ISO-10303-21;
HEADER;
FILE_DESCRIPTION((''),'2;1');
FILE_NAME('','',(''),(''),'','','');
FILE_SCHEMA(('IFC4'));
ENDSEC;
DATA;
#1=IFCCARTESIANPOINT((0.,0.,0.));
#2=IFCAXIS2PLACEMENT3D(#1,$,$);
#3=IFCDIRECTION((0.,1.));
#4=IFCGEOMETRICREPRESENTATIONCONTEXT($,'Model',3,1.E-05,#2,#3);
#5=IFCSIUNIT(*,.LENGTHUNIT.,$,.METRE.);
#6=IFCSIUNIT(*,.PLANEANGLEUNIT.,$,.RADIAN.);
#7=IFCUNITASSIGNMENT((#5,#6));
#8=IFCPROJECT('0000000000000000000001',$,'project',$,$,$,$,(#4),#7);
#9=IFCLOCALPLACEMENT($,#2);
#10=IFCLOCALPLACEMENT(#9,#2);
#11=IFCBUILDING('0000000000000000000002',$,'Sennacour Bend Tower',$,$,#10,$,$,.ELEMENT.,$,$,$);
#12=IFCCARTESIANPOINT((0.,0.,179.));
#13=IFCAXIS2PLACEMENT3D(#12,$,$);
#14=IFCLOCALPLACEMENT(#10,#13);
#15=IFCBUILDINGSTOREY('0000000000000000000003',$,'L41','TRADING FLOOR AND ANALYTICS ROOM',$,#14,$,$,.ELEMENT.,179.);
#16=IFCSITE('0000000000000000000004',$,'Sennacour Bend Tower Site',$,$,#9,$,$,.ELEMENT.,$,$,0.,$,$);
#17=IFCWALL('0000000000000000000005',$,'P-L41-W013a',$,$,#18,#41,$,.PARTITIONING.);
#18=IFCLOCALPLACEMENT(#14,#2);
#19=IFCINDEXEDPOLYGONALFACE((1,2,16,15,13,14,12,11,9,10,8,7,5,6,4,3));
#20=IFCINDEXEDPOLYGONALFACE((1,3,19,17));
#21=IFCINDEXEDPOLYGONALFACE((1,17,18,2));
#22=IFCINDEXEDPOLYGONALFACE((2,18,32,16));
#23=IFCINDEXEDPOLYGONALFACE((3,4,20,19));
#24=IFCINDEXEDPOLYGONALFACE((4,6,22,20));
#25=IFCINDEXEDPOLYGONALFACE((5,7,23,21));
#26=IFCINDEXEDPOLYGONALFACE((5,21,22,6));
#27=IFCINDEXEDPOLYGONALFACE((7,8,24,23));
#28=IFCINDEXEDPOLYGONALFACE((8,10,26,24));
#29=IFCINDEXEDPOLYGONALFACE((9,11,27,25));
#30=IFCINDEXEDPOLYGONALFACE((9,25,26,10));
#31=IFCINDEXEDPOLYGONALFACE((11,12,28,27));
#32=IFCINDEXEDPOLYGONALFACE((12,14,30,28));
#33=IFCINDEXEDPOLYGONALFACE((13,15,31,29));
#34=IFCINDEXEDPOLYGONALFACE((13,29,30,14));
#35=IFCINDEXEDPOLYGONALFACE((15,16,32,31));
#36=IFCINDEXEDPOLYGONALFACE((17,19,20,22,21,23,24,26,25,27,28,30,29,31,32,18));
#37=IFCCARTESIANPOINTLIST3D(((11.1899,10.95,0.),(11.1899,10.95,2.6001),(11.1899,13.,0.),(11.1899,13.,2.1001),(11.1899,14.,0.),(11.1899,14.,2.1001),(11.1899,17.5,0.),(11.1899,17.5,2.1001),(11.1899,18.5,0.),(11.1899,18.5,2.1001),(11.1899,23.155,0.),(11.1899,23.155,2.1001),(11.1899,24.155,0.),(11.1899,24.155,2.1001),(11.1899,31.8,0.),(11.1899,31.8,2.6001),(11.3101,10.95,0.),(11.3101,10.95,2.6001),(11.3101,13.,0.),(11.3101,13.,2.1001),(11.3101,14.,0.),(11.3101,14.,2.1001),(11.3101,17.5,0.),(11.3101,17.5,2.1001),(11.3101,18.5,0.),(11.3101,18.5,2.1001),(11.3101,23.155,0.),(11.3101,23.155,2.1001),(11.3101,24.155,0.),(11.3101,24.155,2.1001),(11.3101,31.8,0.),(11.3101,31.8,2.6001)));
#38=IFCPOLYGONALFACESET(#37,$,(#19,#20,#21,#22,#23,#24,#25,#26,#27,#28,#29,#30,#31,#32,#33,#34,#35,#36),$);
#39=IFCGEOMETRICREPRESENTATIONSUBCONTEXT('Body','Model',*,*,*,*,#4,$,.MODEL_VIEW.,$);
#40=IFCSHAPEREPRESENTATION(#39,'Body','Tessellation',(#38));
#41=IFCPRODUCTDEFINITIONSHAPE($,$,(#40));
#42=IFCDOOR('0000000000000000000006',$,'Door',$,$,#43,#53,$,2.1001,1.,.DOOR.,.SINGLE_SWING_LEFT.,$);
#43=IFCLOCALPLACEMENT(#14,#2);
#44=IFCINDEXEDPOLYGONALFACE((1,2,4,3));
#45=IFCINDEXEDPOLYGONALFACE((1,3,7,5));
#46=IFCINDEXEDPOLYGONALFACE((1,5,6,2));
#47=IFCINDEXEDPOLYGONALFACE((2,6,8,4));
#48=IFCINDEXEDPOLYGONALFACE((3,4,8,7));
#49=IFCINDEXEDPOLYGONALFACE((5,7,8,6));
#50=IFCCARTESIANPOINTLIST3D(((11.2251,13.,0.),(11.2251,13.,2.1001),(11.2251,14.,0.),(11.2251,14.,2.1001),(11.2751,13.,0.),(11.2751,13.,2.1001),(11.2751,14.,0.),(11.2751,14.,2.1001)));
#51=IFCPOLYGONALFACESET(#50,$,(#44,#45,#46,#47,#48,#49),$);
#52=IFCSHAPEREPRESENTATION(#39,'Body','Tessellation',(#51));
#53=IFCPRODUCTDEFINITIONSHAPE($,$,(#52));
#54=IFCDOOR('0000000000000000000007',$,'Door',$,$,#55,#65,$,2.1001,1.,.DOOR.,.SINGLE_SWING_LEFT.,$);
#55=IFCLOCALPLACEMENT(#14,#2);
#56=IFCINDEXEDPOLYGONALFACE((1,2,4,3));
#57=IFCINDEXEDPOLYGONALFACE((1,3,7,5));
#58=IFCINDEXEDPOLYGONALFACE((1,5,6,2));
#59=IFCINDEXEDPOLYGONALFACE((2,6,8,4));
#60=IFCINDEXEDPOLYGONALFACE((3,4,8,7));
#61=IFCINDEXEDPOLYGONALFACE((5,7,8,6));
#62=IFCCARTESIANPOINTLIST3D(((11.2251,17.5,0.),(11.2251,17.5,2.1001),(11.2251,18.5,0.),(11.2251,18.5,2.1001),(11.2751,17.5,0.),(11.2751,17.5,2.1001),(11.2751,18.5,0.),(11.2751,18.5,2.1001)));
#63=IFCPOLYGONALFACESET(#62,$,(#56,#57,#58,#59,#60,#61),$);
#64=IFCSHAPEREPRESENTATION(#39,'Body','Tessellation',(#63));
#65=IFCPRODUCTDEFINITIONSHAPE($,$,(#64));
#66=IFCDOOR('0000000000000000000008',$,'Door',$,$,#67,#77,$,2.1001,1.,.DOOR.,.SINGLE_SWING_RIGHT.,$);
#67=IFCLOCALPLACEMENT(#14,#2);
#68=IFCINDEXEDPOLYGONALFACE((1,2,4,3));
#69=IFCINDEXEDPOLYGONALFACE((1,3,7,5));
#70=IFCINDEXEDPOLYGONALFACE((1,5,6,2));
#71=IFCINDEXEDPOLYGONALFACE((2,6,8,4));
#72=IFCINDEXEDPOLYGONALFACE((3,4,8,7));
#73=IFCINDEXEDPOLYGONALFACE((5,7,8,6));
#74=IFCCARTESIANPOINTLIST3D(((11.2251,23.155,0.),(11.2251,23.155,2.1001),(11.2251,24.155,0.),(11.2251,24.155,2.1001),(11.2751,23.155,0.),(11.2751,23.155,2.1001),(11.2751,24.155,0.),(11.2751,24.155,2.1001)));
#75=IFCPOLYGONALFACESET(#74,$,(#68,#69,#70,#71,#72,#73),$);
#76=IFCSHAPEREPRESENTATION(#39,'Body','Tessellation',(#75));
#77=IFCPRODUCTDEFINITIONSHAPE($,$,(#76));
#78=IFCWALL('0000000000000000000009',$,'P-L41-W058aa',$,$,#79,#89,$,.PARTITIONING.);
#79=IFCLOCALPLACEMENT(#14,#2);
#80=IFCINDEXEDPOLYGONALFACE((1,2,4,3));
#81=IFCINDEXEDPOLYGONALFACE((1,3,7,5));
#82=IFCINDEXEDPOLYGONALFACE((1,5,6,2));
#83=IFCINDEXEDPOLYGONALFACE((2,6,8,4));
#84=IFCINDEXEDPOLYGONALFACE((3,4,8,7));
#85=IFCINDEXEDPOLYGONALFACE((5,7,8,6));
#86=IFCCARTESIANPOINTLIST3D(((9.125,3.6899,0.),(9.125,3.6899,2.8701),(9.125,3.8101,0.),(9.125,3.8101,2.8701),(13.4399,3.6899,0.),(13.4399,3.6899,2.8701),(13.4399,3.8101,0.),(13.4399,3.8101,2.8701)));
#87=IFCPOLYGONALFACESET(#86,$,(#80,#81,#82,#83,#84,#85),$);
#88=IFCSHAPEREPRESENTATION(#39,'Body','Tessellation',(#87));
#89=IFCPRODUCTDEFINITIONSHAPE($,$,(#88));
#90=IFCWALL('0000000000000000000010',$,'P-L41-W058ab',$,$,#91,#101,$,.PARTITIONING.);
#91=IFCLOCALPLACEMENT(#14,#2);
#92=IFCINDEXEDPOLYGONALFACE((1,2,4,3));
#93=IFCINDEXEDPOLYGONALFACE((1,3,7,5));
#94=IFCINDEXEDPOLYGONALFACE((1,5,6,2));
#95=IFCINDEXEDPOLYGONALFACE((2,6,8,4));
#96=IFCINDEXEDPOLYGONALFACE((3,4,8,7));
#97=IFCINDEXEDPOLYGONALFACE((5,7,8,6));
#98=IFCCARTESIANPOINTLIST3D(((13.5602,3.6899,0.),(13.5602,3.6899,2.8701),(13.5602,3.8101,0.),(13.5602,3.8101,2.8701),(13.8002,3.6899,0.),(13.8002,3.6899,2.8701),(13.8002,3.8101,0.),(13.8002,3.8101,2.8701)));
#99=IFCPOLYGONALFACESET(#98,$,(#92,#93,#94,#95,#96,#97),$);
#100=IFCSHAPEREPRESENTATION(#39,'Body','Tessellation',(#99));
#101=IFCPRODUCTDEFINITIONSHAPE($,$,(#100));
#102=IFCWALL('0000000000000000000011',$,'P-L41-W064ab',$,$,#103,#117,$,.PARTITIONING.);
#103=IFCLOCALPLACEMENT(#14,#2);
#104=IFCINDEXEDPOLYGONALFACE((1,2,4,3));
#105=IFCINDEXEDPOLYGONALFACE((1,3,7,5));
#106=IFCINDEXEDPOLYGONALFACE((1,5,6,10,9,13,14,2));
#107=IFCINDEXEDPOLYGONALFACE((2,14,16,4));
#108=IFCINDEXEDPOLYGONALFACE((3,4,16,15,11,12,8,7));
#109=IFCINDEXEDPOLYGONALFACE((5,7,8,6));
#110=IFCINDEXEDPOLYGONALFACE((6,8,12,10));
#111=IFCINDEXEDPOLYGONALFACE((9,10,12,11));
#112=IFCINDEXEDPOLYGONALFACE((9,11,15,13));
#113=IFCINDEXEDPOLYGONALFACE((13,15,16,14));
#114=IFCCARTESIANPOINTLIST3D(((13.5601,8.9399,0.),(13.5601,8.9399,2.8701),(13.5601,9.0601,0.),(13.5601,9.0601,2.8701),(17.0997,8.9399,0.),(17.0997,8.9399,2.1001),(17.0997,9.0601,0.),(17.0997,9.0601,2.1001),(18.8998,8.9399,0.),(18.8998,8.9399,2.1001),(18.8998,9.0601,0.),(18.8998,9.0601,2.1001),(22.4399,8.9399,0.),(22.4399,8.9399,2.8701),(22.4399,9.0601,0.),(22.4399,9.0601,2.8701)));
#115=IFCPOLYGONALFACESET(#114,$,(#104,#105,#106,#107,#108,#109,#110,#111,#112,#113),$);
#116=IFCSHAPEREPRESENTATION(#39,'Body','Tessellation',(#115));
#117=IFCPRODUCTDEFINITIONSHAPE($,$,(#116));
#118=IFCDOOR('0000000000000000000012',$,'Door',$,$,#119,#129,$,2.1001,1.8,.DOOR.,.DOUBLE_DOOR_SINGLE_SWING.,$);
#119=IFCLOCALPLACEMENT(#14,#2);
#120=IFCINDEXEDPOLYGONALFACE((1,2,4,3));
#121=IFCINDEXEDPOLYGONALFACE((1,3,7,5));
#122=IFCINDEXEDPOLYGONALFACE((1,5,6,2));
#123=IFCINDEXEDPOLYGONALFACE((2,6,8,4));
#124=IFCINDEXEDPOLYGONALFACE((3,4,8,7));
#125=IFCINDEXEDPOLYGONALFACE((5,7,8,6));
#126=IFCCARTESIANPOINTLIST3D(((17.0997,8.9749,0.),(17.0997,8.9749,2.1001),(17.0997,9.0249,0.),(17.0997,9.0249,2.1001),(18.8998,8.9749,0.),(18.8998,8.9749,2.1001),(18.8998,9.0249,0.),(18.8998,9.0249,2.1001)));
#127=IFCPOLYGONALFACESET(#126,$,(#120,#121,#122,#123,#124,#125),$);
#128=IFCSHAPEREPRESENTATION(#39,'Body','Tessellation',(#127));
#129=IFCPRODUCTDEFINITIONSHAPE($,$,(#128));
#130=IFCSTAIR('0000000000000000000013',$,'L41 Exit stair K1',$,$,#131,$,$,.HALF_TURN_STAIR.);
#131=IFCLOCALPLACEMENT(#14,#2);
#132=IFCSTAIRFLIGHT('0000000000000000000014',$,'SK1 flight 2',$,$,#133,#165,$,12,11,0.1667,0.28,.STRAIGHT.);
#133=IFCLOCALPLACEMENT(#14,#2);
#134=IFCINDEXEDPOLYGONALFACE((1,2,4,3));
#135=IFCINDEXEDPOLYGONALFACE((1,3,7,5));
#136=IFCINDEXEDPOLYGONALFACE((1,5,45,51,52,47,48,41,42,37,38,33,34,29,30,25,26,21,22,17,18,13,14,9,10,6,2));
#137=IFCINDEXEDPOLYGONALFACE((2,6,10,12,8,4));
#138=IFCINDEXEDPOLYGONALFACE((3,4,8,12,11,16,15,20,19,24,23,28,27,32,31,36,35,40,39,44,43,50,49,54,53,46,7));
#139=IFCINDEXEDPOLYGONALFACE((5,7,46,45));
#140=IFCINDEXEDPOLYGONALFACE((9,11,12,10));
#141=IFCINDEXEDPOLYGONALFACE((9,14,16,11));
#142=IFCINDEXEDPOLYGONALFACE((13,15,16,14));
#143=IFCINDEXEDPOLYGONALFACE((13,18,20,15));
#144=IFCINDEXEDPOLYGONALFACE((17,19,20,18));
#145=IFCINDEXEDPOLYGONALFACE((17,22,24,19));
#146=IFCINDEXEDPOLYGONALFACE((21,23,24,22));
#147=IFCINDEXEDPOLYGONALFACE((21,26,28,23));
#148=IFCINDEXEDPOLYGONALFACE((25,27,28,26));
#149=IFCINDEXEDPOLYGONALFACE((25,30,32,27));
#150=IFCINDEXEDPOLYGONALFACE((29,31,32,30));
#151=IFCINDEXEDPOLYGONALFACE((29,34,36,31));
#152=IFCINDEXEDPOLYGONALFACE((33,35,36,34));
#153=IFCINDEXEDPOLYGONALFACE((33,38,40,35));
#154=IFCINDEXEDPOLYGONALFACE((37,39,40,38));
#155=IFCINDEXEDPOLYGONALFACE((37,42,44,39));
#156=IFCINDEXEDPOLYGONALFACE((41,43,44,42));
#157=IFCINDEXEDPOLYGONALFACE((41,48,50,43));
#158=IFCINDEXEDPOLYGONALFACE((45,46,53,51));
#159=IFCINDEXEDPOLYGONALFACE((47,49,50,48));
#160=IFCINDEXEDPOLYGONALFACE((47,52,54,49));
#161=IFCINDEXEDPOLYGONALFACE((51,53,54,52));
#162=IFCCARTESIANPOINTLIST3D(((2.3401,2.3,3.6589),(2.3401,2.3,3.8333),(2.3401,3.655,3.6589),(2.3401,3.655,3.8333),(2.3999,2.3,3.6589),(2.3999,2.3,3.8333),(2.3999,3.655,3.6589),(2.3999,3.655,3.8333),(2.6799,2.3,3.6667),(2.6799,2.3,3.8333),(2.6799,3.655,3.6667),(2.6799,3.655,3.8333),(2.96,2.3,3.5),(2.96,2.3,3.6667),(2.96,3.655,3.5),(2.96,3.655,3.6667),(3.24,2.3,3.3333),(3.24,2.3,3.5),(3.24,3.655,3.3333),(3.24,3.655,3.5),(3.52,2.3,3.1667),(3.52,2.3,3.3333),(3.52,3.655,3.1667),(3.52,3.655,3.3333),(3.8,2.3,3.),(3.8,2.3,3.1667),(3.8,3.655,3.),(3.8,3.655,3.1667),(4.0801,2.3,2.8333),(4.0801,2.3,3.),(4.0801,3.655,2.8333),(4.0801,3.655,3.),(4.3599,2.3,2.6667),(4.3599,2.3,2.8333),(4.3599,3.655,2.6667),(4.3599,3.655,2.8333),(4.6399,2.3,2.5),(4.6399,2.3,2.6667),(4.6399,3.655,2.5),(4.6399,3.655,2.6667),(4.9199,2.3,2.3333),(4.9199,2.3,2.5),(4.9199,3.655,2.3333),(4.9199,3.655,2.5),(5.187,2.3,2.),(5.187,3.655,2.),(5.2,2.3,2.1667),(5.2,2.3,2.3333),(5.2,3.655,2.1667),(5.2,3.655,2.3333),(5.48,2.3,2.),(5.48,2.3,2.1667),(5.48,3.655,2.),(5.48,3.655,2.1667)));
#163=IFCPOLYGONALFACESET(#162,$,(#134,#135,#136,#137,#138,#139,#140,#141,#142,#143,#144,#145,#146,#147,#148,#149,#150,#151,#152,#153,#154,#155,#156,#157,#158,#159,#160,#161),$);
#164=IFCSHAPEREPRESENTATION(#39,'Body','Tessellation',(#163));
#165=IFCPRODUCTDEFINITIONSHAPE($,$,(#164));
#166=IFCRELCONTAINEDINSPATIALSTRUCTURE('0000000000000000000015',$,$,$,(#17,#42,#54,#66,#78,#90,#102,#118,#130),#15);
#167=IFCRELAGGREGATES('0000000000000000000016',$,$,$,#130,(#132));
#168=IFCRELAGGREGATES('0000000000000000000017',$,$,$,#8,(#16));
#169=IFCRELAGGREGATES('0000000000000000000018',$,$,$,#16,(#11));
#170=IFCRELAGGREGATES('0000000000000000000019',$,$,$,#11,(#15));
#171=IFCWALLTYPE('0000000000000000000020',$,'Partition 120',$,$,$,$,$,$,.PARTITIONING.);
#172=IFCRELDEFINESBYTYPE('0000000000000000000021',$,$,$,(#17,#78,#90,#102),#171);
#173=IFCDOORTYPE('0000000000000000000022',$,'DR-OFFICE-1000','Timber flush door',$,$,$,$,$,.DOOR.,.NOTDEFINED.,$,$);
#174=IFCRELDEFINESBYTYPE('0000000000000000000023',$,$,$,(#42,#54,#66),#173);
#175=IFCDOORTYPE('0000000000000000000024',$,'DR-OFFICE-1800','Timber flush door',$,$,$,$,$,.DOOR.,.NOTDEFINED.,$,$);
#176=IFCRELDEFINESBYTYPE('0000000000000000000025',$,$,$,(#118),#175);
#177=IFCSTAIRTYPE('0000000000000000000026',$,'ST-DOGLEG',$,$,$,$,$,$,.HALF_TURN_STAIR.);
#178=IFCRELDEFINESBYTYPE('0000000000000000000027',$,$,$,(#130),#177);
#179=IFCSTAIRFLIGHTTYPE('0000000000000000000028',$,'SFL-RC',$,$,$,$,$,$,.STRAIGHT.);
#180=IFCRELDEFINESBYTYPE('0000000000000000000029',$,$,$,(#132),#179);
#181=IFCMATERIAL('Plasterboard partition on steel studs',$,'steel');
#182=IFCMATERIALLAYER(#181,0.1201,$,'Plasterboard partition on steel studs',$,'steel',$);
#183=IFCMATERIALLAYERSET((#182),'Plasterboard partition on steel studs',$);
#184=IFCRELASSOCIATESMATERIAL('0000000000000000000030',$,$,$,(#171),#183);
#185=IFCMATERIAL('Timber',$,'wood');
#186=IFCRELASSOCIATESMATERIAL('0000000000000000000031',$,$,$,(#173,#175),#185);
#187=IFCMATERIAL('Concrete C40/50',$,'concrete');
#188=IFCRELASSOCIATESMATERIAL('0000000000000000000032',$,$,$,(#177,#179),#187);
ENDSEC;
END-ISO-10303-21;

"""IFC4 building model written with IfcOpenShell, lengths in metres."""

from ifc_helpers import new_model, si_unit, direction, frame, frame_2d, origin, place, context, subcontext, project, spatial, polyline, rectangle, outline, extrude, material, layer, layer_set, type_object, element, fill, aggregate, save


model = new_model("IFC4")

# Units and contexts
model_context = context("Model", 3, precision=1e-05, world=origin(), true_north=direction((0.0, 1.0)))
body_context = subcontext(model_context, "Body", "Model", "MODEL_VIEW")
ifc_project = project(units=[si_unit("LENGTHUNIT", "METRE"), si_unit("PLANEANGLEUNIT", "RADIAN")], contexts=[model_context])

# Site, building, storey
site_placement = place(None, origin())
site = spatial("IfcSite", under=ifc_project, at=site_placement, Name="Sennacour Bend Tower Site", CompositionType="ELEMENT", RefElevation=0.0)
building_placement = place(site_placement, origin())
building = spatial("IfcBuilding", under=site, at=building_placement, Name="Sennacour Bend Tower", CompositionType="ELEMENT")
storey_placement = place(building_placement, frame((0.0, 0.0, 179.0)))
storey = spatial("IfcBuildingStorey", under=building, at=storey_placement, Name="L41", Description="TRADING FLOOR AND ANALYTICS ROOM", CompositionType="ELEMENT", Elevation=179.0)

# Wall, openings, doors
ifc_material_1 = material(Name="Plasterboard partition on steel studs", Category="steel")
ifc_layer = layer(ifc_material_1, 0.1201, Name="Plasterboard partition on steel studs", Category="steel")
ifc_layer_set = layer_set([ifc_layer], Name="Plasterboard partition on steel studs")
wall_type = type_object("IfcWallType", Name="Partition 120", PredefinedType="PARTITIONING", material=ifc_layer_set)
wall_1_placement = place(storey_placement, frame((11.25, 10.95, 0.0), z_axis=(0.0, 0.0, 1.0), x_axis=(0.0, 1.0, 0.0)))
wall_1 = element("IfcWall", 1, at=wall_1_placement, inside=storey, type_object=wall_type, Name="P-L41-W013a", PredefinedType="PARTITIONING", context=body_context, shape_type="SweptSolid", body=[
    extrude(rectangle(XDim=20.8501, YDim=0.1201, at=frame_2d((10.425, 0.0))), origin(), (0.0, 0.0, 1.0), 2.6001),
])
opening_1_placement = place(wall_1_placement, frame((2.05, 0.0, 0.0)))
opening_1 = element("IfcOpeningElement", 2, at=opening_1_placement, cuts=wall_1, PredefinedType="OPENING", context=body_context, shape_type="SweptSolid", body=[
    extrude(rectangle(XDim=1.0, YDim=2.1001, at=frame_2d((0.5, 1.05))), frame((0.0, 0.0701, 0.0), z_axis=(0.0, -1.0, 0.0), x_axis=(1.0, 0.0, 0.0)), (0.0, 0.0, 1.0), 0.1401),
])
opening_2_placement = place(wall_1_placement, frame((6.55, 0.0, 0.0)))
opening_2 = element("IfcOpeningElement", 3, at=opening_2_placement, cuts=wall_1, PredefinedType="OPENING", context=body_context, shape_type="SweptSolid", body=[
    extrude(rectangle(XDim=1.0, YDim=2.1001, at=frame_2d((0.5, 1.05))), frame((0.0, 0.0701, 0.0), z_axis=(0.0, -1.0, 0.0), x_axis=(1.0, 0.0, 0.0)), (0.0, 0.0, 1.0), 0.1401),
])
opening_3_placement = place(wall_1_placement, frame((12.2051, 0.0, 0.0)))
opening_3 = element("IfcOpeningElement", 4, at=opening_3_placement, cuts=wall_1, PredefinedType="OPENING", context=body_context, shape_type="SweptSolid", body=[
    extrude(rectangle(XDim=1.0, YDim=2.1001, at=frame_2d((0.5, 1.05))), frame((0.0, 0.0701, 0.0), z_axis=(0.0, -1.0, 0.0), x_axis=(1.0, 0.0, 0.0)), (0.0, 0.0, 1.0), 0.1401),
])
ifc_material_2 = material(Name="Timber", Category="wood")
door_type_1 = type_object("IfcDoorType", Name="DR-OFFICE-1000", Description="Timber flush door", OperationType="NOTDEFINED", PredefinedType="DOOR", material=ifc_material_2)
door_1_placement = place(opening_1_placement, origin())
door_1 = element("IfcDoor", 5, at=door_1_placement, inside=storey, type_object=door_type_1, Name="Door", OperationType="SINGLE_SWING_LEFT", OverallHeight=2.1001, OverallWidth=1.0, PredefinedType="DOOR", context=body_context, shape_type="SweptSolid", body=[
    extrude(rectangle(XDim=1.0, YDim=2.1001, at=frame_2d((0.5, 1.05))), frame((0.0, 0.0249, 0.0), z_axis=(0.0, -1.0, 0.0), x_axis=(1.0, 0.0, 0.0)), (0.0, 0.0, 1.0), 0.05),
])
fill(opening_1, door_1)
door_2_placement = place(opening_2_placement, origin())
door_2 = element("IfcDoor", 6, at=door_2_placement, inside=storey, type_object=door_type_1, Name="Door", OperationType="SINGLE_SWING_LEFT", OverallHeight=2.1001, OverallWidth=1.0, PredefinedType="DOOR", context=body_context, shape_type="SweptSolid", body=[
    extrude(rectangle(XDim=1.0, YDim=2.1001, at=frame_2d((0.5, 1.05))), frame((0.0, 0.0249, 0.0), z_axis=(0.0, -1.0, 0.0), x_axis=(1.0, 0.0, 0.0)), (0.0, 0.0, 1.0), 0.05),
])
fill(opening_2, door_2)
door_3_placement = place(opening_3_placement, origin())
door_3 = element("IfcDoor", 7, at=door_3_placement, inside=storey, type_object=door_type_1, Name="Door", OperationType="SINGLE_SWING_RIGHT", OverallHeight=2.1001, OverallWidth=1.0, PredefinedType="DOOR", context=body_context, shape_type="SweptSolid", body=[
    extrude(rectangle(XDim=1.0, YDim=2.1001, at=frame_2d((0.5, 1.05))), frame((0.0, 0.0249, 0.0), z_axis=(0.0, -1.0, 0.0), x_axis=(1.0, 0.0, 0.0)), (0.0, 0.0, 1.0), 0.05),
])
fill(opening_3, door_3)

# Walls
wall_2_placement = place(storey_placement, frame((9.125, 3.75, 0.0), z_axis=(0.0, 0.0, 1.0), x_axis=(1.0, 0.0, 0.0)))
element("IfcWall", 8, at=wall_2_placement, inside=storey, type_object=wall_type, Name="P-L41-W058aa", PredefinedType="PARTITIONING", context=body_context, shape_type="SweptSolid", body=[
    extrude(rectangle(XDim=4.3149, YDim=0.1201, at=frame_2d((2.1575, 0.0))), origin(), (0.0, 0.0, 1.0), 2.8701),
])
wall_3_placement = place(storey_placement, frame((13.5601, 3.75, 0.0), z_axis=(0.0, 0.0, 1.0), x_axis=(1.0, 0.0, 0.0)))
element("IfcWall", 9, at=wall_3_placement, inside=storey, type_object=wall_type, Name="P-L41-W058ab", PredefinedType="PARTITIONING", context=body_context, shape_type="SweptSolid", body=[
    extrude(rectangle(XDim=0.24, YDim=0.1201, at=frame_2d((0.1201, 0.0))), origin(), (0.0, 0.0, 1.0), 2.8701),
])

# Wall, opening, door
wall_4_placement = place(storey_placement, frame((13.5601, 9.0, 0.0), z_axis=(0.0, 0.0, 1.0), x_axis=(1.0, 0.0, 0.0)))
wall_4 = element("IfcWall", 10, at=wall_4_placement, inside=storey, type_object=wall_type, Name="P-L41-W064ab", PredefinedType="PARTITIONING", context=body_context, shape_type="SweptSolid", body=[
    extrude(rectangle(XDim=8.8799, YDim=0.1201, at=frame_2d((4.4399, 0.0))), origin(), (0.0, 0.0, 1.0), 2.8701),
])
opening_4_placement = place(wall_4_placement, frame((3.5398, 0.0, 0.0)))
opening_4 = element("IfcOpeningElement", 11, at=opening_4_placement, cuts=wall_4, PredefinedType="OPENING", context=body_context, shape_type="SweptSolid", body=[
    extrude(rectangle(XDim=1.8, YDim=2.1001, at=frame_2d((0.8999, 1.05))), frame((0.0, 0.0701, 0.0), z_axis=(0.0, -1.0, 0.0), x_axis=(1.0, 0.0, 0.0)), (0.0, 0.0, 1.0), 0.1401),
])
door_type_2 = type_object("IfcDoorType", Name="DR-OFFICE-1800", Description="Timber flush door", OperationType="NOTDEFINED", PredefinedType="DOOR", material=ifc_material_2)
door_4_placement = place(opening_4_placement, origin())
door_4 = element("IfcDoor", 12, at=door_4_placement, inside=storey, type_object=door_type_2, Name="Door", OperationType="DOUBLE_DOOR_SINGLE_SWING", OverallHeight=2.1001, OverallWidth=1.8, PredefinedType="DOOR", context=body_context, shape_type="SweptSolid", body=[
    extrude(rectangle(XDim=1.8, YDim=2.1001, at=frame_2d((0.8999, 1.05))), frame((0.0, 0.0249, 0.0), z_axis=(0.0, -1.0, 0.0), x_axis=(1.0, 0.0, 0.0)), (0.0, 0.0, 1.0), 0.05),
])
fill(opening_4, door_4)

# Stair, stair flight
ifc_material_3 = material(Name="Concrete C40/50", Category="concrete")
stair_type = type_object("IfcStairType", Name="ST-DOGLEG", PredefinedType="HALF_TURN_STAIR", material=ifc_material_3)
stair_placement = place(storey_placement, origin())
stair = element("IfcStair", 13, at=stair_placement, inside=storey, type_object=stair_type, Name="L41 Exit stair K1", PredefinedType="HALF_TURN_STAIR")
stair_flight_type = type_object("IfcStairFlightType", Name="SFL-RC", PredefinedType="STRAIGHT", material=ifc_material_3)
stair_flight_placement = place(storey_placement, frame((5.48, 2.9775, 2.0), z_axis=(0.0, 0.0, 1.0), x_axis=(-1.0, 0.0, 0.0)))
stair_flight = element("IfcStairFlight", 14, at=stair_flight_placement, type_object=stair_flight_type, Name="SK1 flight 2", NumberOfRisers=12, NumberOfTreads=11, PredefinedType="STRAIGHT", RiserHeight=0.1667, TreadLength=0.28, context=body_context, shape_type="SweptSolid", body=[
    extrude(outline(polyline([(0.0, 0.0), (0.0, 0.1667), (0.28, 0.1667), (0.28, 0.3333), (0.5601, 0.3333), (0.5601, 0.5), (0.8401, 0.5), (0.8401, 0.6667), (1.1201, 0.6667), (1.1201, 0.8333), (1.3999, 0.8333), (1.3999, 1.0), (1.6799, 1.0), (1.6799, 1.1667), (1.96, 1.1667), (1.96, 1.3333), (2.24, 1.3333), (2.24, 1.5), (2.52, 1.5), (2.52, 1.6667), (2.8, 1.6667), (2.8, 1.8333), (3.0801, 1.8333), (3.1399, 1.8333), (3.1399, 1.6589), (3.0801, 1.6589), (0.293, 0.0), (0.0, 0.0)])), frame((0.0, 0.6775, 0.0), z_axis=(0.0, -1.0, 0.0), x_axis=(1.0, 0.0, 0.0)), (0.0, 0.0, 1.0), 1.355),
])
aggregate(stair, [stair_flight])

save(model, "model.ifc")
